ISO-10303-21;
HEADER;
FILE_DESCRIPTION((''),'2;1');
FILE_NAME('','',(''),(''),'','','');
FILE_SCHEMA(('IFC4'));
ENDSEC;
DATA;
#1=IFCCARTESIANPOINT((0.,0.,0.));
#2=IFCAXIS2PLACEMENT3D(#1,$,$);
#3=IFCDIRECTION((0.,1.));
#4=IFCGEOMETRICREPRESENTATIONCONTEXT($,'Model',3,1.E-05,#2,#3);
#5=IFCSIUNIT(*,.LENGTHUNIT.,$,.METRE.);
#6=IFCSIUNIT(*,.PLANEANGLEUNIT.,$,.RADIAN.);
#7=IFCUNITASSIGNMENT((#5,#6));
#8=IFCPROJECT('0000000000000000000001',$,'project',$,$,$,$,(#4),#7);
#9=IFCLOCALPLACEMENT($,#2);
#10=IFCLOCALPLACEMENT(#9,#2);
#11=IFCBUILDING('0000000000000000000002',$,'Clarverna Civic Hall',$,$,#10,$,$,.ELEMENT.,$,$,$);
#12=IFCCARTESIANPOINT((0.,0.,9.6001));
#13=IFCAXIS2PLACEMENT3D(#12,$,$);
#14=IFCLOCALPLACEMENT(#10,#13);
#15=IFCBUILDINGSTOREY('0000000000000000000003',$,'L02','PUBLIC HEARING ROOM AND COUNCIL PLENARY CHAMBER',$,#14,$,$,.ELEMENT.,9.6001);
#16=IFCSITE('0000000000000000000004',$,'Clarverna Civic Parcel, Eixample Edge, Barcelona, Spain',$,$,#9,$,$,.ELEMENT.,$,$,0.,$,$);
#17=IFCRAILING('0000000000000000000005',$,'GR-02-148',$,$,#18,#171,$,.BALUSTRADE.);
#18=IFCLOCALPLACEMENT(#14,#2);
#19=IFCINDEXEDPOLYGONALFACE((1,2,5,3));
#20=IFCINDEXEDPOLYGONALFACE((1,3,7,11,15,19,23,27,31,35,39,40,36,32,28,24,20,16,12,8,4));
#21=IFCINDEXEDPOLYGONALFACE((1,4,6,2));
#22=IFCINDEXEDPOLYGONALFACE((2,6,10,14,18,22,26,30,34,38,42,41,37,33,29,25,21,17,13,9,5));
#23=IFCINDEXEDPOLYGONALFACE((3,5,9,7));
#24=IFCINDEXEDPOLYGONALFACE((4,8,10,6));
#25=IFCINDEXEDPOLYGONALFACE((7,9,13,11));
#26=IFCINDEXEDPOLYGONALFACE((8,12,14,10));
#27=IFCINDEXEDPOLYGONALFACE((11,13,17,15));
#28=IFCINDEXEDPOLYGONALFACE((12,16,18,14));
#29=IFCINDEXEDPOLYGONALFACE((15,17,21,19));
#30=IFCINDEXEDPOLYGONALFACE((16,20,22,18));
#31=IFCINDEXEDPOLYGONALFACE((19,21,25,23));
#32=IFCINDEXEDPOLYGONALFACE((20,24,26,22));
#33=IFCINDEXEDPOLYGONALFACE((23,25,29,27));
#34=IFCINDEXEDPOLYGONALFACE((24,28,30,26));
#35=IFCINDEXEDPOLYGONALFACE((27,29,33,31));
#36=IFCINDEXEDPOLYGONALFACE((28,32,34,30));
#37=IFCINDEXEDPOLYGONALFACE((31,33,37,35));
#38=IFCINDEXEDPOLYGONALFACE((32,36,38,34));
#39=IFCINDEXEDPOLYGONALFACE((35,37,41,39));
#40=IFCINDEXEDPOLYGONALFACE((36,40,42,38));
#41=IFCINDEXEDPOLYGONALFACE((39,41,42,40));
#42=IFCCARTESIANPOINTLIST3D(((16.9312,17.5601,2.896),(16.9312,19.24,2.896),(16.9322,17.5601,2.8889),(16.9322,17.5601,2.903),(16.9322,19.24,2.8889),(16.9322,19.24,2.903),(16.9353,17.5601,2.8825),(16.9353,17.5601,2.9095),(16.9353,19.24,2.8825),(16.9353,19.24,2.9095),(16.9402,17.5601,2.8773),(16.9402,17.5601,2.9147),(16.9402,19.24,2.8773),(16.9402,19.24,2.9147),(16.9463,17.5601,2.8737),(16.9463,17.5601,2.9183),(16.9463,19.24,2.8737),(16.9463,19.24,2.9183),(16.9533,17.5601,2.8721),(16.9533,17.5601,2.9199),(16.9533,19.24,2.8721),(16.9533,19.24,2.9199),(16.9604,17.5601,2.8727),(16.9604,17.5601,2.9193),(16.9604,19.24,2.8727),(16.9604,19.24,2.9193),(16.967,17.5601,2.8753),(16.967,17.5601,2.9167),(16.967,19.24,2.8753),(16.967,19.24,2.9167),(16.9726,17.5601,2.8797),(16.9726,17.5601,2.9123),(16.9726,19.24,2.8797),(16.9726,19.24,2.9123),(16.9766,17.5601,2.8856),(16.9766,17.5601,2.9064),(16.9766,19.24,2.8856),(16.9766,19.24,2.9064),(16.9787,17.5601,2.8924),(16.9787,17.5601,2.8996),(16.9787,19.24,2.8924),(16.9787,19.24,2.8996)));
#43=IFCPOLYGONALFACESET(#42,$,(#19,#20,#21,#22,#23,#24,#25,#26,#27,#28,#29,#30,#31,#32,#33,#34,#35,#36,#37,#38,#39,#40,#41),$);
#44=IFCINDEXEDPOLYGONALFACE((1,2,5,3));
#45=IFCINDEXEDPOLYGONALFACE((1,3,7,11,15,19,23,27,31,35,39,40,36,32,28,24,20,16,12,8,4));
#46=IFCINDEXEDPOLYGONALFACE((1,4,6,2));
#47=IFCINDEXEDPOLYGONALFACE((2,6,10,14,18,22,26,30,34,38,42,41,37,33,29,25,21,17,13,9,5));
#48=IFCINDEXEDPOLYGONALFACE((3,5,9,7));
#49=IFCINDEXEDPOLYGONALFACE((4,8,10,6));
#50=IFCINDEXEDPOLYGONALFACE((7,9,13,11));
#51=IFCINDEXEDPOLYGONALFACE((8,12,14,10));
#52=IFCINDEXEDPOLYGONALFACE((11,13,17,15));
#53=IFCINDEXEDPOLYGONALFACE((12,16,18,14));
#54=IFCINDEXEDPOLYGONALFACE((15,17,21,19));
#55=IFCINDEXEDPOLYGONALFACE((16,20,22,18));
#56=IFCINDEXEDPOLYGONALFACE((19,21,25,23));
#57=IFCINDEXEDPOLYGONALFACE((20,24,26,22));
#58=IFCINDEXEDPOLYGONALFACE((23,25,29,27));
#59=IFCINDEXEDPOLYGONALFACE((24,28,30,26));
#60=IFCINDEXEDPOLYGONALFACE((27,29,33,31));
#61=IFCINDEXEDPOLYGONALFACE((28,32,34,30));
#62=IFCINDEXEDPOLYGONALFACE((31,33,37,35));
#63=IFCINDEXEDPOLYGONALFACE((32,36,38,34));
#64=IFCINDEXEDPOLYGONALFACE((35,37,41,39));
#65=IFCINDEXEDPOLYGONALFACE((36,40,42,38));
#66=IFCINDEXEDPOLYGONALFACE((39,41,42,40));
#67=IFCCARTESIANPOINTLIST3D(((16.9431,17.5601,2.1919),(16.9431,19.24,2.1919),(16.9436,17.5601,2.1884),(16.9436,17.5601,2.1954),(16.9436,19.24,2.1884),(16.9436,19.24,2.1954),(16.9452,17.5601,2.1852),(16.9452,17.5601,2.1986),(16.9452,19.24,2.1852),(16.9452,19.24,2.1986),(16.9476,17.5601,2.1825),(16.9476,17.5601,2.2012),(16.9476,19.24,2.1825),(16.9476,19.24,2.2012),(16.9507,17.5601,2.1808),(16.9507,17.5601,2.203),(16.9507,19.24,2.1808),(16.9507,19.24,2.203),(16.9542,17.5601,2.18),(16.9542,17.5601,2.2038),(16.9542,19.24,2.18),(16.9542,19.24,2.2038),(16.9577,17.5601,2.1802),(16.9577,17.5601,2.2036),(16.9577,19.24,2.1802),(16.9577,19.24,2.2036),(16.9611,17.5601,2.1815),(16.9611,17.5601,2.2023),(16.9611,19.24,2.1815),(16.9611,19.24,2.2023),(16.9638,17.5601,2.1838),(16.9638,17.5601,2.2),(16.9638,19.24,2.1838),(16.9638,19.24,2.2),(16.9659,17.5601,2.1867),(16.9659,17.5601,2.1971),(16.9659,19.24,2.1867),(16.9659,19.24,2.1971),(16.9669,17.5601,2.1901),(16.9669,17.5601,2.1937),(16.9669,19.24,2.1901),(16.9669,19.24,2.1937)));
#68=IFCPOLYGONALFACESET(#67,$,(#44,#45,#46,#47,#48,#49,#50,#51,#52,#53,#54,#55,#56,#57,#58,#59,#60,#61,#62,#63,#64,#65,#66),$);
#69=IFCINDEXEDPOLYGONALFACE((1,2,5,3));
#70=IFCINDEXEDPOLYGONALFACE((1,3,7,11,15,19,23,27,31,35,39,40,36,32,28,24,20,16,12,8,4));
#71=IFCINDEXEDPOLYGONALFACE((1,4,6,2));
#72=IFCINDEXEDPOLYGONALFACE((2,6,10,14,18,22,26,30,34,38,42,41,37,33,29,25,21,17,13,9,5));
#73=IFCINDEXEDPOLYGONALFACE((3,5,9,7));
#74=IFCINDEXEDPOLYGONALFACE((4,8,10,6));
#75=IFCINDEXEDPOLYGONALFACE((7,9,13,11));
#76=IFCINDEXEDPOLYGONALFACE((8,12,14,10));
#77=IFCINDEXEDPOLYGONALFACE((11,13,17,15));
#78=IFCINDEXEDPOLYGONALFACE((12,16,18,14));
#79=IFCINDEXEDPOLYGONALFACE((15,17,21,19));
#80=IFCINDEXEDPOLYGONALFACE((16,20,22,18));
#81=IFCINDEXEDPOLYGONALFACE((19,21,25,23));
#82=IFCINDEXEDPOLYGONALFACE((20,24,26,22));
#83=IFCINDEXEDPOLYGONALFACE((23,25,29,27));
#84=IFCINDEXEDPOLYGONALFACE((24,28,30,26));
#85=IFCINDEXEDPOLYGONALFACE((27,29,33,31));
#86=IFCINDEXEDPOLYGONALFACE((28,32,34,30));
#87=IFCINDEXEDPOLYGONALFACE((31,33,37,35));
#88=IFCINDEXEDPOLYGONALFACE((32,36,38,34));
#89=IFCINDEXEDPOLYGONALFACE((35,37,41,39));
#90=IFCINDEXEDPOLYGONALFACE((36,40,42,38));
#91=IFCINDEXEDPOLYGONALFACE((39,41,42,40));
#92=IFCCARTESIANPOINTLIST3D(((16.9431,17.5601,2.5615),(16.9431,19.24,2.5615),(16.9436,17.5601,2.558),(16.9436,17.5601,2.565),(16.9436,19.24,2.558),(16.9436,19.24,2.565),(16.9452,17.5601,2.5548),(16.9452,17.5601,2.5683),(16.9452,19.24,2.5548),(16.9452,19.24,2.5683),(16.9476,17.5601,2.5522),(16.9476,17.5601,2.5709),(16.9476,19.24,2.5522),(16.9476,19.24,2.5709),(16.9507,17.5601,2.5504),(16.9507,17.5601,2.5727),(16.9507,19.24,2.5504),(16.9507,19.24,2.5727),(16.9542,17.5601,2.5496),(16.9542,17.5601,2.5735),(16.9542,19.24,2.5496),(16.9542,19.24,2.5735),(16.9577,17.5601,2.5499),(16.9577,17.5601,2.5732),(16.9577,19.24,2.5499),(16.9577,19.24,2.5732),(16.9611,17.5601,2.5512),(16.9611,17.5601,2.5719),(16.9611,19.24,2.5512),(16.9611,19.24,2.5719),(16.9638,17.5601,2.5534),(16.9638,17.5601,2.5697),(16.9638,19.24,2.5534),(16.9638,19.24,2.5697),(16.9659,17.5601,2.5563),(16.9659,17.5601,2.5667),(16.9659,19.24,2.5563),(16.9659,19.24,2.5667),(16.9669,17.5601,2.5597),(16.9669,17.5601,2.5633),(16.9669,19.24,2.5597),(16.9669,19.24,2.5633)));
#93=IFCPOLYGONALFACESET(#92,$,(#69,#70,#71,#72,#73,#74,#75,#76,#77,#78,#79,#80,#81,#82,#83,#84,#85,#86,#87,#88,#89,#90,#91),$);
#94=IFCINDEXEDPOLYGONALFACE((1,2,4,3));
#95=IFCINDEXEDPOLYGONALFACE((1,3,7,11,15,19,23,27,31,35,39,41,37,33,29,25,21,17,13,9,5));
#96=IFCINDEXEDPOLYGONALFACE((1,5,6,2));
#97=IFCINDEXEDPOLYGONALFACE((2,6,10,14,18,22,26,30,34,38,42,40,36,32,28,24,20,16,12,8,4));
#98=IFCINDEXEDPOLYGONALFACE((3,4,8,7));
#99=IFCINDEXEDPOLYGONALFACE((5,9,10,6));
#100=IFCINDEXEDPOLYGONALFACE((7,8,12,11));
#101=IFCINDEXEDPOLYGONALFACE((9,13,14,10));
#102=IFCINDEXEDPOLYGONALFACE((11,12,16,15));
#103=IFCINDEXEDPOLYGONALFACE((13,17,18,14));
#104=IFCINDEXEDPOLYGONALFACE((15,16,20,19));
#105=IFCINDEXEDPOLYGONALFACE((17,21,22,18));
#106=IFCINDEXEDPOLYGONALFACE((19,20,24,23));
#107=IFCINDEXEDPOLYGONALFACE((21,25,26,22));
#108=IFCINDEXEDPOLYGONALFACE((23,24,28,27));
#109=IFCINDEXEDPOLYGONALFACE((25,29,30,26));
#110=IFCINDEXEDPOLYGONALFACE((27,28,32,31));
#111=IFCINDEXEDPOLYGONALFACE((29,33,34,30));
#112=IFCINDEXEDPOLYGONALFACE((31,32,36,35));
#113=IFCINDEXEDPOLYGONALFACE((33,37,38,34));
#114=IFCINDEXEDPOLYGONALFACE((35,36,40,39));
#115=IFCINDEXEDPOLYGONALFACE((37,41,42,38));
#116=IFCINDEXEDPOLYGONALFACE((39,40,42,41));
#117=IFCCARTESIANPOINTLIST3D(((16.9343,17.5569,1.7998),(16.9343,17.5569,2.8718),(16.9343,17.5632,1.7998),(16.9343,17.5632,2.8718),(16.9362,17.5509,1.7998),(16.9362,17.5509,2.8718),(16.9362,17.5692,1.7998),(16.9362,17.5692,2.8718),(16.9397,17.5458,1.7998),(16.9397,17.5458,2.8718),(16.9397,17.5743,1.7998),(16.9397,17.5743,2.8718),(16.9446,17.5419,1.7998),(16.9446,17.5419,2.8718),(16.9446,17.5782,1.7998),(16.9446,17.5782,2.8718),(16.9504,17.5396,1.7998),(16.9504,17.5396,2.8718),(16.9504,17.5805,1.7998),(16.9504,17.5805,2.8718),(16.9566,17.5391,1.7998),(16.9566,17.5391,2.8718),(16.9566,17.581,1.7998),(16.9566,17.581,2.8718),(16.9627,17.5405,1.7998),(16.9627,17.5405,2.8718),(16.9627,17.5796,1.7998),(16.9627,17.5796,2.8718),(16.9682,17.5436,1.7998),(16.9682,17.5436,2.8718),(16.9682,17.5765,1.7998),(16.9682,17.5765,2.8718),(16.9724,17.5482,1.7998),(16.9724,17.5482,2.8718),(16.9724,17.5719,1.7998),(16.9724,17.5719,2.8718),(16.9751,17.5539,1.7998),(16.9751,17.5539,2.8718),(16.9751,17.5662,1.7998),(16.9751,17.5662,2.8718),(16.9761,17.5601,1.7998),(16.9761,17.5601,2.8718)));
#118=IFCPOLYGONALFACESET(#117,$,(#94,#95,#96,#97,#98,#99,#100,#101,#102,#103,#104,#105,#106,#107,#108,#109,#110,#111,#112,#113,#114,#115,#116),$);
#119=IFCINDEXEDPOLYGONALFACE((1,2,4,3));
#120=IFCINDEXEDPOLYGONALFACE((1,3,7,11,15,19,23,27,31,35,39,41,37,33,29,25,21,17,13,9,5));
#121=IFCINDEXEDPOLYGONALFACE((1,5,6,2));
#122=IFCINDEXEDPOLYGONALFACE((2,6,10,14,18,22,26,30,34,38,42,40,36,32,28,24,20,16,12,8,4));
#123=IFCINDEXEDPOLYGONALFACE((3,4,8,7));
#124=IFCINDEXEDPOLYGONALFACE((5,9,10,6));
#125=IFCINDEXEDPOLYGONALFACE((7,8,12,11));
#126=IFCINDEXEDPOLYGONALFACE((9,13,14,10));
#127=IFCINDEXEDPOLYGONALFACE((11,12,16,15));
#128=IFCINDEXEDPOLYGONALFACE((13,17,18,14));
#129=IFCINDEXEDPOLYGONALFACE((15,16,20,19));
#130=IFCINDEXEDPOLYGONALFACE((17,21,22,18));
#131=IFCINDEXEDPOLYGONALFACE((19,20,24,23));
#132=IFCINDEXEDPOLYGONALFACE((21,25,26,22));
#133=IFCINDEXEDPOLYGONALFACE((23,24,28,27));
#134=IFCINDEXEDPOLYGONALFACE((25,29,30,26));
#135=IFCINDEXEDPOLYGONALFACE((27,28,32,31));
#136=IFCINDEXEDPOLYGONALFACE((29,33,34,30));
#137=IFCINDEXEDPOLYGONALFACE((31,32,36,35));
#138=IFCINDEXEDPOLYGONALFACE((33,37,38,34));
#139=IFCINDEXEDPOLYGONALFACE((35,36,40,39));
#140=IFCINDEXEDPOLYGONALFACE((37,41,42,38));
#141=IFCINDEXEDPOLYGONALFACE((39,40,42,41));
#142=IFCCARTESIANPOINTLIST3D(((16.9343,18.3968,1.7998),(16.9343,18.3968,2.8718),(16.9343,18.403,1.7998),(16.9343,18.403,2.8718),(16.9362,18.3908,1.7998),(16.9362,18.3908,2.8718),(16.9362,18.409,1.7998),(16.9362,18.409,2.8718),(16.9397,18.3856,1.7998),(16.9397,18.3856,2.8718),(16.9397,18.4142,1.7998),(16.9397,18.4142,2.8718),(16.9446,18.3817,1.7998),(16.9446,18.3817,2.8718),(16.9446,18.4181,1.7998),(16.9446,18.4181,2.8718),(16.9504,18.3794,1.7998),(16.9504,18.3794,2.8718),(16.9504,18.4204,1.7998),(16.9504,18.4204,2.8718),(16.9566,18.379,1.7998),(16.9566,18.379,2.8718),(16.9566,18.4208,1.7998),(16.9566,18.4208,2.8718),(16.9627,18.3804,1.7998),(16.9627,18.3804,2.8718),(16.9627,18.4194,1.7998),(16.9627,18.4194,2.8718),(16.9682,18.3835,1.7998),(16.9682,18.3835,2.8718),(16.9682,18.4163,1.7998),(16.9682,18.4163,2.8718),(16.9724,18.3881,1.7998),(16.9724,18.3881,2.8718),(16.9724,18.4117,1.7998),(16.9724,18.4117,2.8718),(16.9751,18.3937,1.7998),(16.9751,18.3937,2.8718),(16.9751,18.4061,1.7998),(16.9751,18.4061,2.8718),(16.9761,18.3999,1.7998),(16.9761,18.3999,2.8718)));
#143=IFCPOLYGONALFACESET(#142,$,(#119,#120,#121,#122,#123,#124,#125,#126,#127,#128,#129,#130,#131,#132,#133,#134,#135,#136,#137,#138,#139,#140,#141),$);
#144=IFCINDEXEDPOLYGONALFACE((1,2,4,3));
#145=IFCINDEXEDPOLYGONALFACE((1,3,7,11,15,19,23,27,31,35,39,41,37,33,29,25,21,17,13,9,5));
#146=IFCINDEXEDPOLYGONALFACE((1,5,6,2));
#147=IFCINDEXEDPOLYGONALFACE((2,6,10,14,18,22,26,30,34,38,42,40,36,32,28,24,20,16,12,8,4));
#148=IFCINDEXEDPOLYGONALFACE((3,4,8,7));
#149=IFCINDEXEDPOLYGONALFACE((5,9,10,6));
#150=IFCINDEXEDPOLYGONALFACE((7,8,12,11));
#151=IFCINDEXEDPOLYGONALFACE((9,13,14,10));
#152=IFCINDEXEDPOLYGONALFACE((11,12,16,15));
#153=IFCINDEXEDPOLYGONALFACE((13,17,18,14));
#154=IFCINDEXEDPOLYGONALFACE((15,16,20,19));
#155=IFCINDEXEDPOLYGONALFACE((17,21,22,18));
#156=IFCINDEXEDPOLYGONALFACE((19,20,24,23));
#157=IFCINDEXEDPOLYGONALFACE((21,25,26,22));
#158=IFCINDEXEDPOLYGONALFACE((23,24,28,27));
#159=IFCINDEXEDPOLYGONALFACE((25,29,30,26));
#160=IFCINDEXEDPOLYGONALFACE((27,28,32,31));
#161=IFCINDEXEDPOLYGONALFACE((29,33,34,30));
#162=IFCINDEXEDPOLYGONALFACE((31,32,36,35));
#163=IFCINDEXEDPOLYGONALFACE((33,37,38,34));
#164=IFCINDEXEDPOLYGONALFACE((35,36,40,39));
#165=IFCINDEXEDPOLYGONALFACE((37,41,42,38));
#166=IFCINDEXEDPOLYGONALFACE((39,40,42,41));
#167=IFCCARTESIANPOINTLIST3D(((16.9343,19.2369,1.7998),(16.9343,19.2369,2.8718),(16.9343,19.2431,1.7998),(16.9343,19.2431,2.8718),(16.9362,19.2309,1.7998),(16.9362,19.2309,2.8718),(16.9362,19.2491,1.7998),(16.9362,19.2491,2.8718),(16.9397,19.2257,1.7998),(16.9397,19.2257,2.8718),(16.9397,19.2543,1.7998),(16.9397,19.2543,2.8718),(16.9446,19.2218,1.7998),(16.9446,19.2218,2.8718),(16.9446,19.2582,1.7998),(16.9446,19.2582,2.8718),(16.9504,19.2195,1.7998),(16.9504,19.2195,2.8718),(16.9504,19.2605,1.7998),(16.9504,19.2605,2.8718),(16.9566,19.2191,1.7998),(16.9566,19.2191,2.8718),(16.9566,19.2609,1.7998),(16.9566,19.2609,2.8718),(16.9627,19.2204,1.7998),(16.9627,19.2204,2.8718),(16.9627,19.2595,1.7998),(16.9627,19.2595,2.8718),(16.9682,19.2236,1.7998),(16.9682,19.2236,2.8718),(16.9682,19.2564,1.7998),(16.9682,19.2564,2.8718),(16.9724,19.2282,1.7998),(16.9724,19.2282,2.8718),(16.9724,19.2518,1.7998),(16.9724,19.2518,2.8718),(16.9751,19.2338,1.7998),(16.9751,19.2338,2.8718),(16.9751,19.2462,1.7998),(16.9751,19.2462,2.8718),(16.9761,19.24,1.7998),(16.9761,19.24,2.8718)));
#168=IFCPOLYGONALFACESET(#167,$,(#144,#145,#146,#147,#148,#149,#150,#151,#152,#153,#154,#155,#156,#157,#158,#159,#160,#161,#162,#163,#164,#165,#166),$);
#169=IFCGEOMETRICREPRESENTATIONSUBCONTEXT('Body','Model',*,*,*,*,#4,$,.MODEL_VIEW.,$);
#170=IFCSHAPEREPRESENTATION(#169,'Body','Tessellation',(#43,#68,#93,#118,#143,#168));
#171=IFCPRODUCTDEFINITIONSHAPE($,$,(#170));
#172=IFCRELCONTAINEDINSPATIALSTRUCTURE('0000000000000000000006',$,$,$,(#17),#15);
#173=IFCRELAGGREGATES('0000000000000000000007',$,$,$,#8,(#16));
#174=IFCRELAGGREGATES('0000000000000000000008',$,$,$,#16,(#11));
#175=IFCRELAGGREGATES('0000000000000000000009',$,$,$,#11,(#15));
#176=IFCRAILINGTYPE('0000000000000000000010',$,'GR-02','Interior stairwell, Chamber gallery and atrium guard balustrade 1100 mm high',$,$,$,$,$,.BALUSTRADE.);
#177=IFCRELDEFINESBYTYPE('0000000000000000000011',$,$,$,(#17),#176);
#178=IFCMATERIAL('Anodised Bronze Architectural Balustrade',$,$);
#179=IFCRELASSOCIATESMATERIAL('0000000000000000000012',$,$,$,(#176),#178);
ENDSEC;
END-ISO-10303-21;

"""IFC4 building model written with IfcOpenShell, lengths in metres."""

from ifc_helpers import new_model, si_unit, direction, frame, origin, origin_2d, place, context, subcontext, project, spatial, circle, extrude, material, type_object, element, save


model = new_model("IFC4")

# Units and contexts
model_context = context("Model", 3, precision=1e-05, world=origin(), true_north=direction((0.0, 1.0)))
body_context = subcontext(model_context, "Body", "Model", "MODEL_VIEW")
ifc_project = project(units=[si_unit("LENGTHUNIT", "METRE"), si_unit("PLANEANGLEUNIT", "RADIAN")], contexts=[model_context])

# Site, building, storey
site_placement = place(None, origin())
site = spatial("IfcSite", under=ifc_project, at=site_placement, Name="Clarverna Civic Parcel, Eixample Edge, Barcelona, Spain", CompositionType="ELEMENT", RefElevation=0.0)
building_placement = place(site_placement, origin())
building = spatial("IfcBuilding", under=site, at=building_placement, Name="Clarverna Civic Hall", CompositionType="ELEMENT")
storey_placement = place(building_placement, frame((0.0, 0.0, 9.6001)))
storey = spatial("IfcBuildingStorey", under=building, at=storey_placement, Name="L02", Description="PUBLIC HEARING ROOM AND COUNCIL PLENARY CHAMBER", CompositionType="ELEMENT", Elevation=9.6001)

# Railing
ifc_material_1 = material(Name="Anodised Bronze Architectural Balustrade")
railing_type_1 = type_object("IfcRailingType", Name="GR-02", Description="Interior stairwell, Chamber gallery and atrium guard balustrade 1100 mm high", PredefinedType="BALUSTRADE", material=ifc_material_1)
railing_1_placement = place(storey_placement, frame((16.9551, 17.5601, 1.7998)))
element("IfcRailing", 1, at=railing_1_placement, inside=storey, type_object=railing_type_1, Name="GR-02-148", PredefinedType="BALUSTRADE", context=body_context, shape_type="SweptSolid", body=[
    extrude(circle(Radius=0.0239, at=origin_2d()), frame((0.0, 0.0, 1.0962), z_axis=(0.0, 1.0, 0.0), x_axis=(-1.0, 0.0, 0.0)), (0.0, 0.0, 1.0), 1.6799),
    extrude(circle(Radius=0.012, at=origin_2d()), frame((0.0, 0.0, 0.3921), z_axis=(0.0, 1.0, 0.0), x_axis=(-1.0, 0.0, 0.0)), (0.0, 0.0, 1.0), 1.6799),
    extrude(circle(Radius=0.012, at=origin_2d()), frame((0.0, 0.0, 0.7617), z_axis=(0.0, 1.0, 0.0), x_axis=(-1.0, 0.0, 0.0)), (0.0, 0.0, 1.0), 1.6799),
    extrude(circle(Radius=0.021, at=origin_2d()), origin(), (0.0, 0.0, 1.0), 1.072),
    extrude(circle(Radius=0.021, at=origin_2d()), frame((0.0, 0.8398, 0.0)), (0.0, 0.0, 1.0), 1.072),
    extrude(circle(Radius=0.021, at=origin_2d()), frame((0.0, 1.6799, 0.0)), (0.0, 0.0, 1.0), 1.072),
])

save(model, "model.ifc")
